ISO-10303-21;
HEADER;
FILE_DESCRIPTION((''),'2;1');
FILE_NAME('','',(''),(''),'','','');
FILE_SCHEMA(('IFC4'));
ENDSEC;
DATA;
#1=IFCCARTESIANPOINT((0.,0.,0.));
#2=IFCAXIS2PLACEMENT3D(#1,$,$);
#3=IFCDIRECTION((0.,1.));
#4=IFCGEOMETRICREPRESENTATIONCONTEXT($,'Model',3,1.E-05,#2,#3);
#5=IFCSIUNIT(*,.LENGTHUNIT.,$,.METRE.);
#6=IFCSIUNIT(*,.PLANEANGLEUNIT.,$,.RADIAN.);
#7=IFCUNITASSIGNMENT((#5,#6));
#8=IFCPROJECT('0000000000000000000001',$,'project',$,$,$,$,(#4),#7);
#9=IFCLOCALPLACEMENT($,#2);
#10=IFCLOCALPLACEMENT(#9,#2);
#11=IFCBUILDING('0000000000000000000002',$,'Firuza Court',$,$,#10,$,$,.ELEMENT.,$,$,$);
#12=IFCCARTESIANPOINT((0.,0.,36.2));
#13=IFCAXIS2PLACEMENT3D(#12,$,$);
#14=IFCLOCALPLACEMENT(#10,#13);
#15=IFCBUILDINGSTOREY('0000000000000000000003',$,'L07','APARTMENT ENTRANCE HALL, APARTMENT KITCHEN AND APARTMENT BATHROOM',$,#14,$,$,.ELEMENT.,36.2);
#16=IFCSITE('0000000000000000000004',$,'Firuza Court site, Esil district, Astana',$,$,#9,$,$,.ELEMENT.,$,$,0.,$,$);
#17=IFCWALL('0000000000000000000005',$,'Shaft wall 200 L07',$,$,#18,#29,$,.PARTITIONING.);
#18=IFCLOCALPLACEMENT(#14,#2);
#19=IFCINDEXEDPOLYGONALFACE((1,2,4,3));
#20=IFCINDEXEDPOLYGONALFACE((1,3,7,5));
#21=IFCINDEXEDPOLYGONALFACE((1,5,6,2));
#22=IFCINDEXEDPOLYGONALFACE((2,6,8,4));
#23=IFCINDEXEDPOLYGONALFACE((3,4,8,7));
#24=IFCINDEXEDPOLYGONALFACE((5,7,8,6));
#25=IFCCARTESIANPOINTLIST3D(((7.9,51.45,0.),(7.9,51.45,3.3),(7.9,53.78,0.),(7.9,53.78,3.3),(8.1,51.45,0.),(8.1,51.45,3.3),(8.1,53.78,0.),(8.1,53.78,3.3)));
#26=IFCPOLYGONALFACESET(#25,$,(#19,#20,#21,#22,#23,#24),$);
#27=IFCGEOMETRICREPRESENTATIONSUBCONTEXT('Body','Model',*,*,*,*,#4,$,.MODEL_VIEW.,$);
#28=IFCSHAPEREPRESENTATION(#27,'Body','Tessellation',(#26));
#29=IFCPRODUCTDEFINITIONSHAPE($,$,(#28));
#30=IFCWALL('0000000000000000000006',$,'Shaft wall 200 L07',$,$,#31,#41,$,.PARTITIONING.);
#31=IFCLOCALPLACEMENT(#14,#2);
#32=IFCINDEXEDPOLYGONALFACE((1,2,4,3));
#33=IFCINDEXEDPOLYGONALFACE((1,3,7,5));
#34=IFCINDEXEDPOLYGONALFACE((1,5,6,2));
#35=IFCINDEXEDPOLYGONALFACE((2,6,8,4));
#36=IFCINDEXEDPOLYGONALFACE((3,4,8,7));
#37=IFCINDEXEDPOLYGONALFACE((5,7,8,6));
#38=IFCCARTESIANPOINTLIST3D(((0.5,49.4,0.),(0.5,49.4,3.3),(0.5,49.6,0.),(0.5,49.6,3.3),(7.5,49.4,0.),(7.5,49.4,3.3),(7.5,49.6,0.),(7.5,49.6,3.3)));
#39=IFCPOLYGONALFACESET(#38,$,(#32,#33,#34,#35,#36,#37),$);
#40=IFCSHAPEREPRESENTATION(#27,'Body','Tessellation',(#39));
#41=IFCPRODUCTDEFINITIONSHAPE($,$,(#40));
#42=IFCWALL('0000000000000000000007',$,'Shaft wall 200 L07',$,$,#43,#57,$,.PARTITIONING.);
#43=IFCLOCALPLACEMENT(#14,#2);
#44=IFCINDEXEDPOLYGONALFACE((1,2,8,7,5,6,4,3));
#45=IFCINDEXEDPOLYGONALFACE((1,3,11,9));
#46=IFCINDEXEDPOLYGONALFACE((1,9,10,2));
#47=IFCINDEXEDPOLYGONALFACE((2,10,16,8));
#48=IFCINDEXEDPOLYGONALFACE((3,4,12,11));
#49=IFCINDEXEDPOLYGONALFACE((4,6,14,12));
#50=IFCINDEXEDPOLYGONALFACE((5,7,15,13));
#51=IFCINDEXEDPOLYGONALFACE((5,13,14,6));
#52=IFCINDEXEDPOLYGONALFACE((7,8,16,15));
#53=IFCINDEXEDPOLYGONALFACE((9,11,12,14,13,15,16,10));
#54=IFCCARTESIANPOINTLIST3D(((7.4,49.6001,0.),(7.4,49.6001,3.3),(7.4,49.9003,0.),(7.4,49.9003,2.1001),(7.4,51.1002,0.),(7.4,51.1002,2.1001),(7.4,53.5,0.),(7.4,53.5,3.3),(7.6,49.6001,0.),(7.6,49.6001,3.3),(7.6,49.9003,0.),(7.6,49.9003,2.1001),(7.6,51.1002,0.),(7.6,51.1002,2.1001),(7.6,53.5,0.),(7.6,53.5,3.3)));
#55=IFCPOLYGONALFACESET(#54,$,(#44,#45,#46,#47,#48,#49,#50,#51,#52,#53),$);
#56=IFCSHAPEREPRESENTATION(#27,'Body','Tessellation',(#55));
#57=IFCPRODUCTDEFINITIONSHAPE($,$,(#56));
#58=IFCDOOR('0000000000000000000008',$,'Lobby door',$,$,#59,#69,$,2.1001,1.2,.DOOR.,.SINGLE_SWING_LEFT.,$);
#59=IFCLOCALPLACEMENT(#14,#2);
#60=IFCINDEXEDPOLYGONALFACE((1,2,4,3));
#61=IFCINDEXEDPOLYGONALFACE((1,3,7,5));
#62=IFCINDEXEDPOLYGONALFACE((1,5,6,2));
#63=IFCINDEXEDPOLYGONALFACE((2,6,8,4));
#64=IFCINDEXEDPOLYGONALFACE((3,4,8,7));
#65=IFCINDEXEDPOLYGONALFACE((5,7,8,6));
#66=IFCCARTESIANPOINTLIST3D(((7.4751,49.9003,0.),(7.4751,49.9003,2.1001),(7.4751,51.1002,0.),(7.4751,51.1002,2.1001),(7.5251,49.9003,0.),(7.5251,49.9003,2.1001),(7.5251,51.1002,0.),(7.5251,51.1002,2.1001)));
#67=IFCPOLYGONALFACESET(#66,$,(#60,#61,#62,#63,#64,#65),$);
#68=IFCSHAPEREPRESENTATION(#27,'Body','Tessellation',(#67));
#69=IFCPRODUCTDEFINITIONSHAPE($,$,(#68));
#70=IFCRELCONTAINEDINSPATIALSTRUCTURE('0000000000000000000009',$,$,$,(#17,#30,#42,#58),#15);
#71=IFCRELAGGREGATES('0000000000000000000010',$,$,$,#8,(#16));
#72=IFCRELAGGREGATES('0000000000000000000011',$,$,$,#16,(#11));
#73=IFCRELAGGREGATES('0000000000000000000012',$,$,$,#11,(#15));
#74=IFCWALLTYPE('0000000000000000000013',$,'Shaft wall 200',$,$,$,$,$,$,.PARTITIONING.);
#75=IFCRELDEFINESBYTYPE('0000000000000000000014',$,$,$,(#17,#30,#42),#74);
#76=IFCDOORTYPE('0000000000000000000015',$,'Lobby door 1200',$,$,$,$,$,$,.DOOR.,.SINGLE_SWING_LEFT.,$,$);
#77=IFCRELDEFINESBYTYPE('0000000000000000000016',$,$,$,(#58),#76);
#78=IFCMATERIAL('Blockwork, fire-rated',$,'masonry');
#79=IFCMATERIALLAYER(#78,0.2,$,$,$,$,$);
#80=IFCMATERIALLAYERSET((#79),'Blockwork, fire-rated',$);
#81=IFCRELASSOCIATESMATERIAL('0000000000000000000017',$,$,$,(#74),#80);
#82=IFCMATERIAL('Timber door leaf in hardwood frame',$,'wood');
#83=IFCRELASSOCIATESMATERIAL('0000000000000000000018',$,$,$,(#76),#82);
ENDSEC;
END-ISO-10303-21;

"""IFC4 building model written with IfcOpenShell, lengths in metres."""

from ifc_helpers import new_model, si_unit, direction, frame, frame_2d, origin, place, context, subcontext, project, spatial, rectangle, extrude, material, layer, layer_set, type_object, element, fill, save


model = new_model("IFC4")

# Units and contexts
model_context = context("Model", 3, precision=1e-05, world=origin(), true_north=direction((0.0, 1.0)))
body_context = subcontext(model_context, "Body", "Model", "MODEL_VIEW")
ifc_project = project(units=[si_unit("LENGTHUNIT", "METRE"), si_unit("PLANEANGLEUNIT", "RADIAN")], contexts=[model_context])

# Site, building, storey
site_placement = place(None, origin())
site = spatial("IfcSite", under=ifc_project, at=site_placement, Name="Firuza Court site, Esil district, Astana", CompositionType="ELEMENT", RefElevation=0.0)
building_placement = place(site_placement, origin())
building = spatial("IfcBuilding", under=site, at=building_placement, Name="Firuza Court", CompositionType="ELEMENT")
storey_placement = place(building_placement, frame((0.0, 0.0, 36.2)))
storey = spatial("IfcBuildingStorey", under=building, at=storey_placement, Name="L07", Description="APARTMENT ENTRANCE HALL, APARTMENT KITCHEN AND APARTMENT BATHROOM", CompositionType="ELEMENT", Elevation=36.2)

# Shared definitions
ifc_material_1 = material(Name="Blockwork, fire-rated", Category="masonry")
ifc_layer_1 = layer(ifc_material_1, 0.2)
ifc_layer_set_1 = layer_set([ifc_layer_1], Name="Blockwork, fire-rated")
wall_type_1 = type_object("IfcWallType", Name="Shaft wall 200", PredefinedType="PARTITIONING", material=ifc_layer_set_1)
ifc_material_2 = material(Name="Timber door leaf in hardwood frame", Category="wood")
door_type_1 = type_object("IfcDoorType", Name="Lobby door 1200", OperationType="SINGLE_SWING_LEFT", PredefinedType="DOOR", material=ifc_material_2)

# Walls
wall_1_placement = place(storey_placement, frame((8.0, 51.45, 0.0), z_axis=(0.0, 0.0, 1.0), x_axis=(0.0, 1.0, 0.0)))
element("IfcWall", 1, at=wall_1_placement, inside=storey, type_object=wall_type_1, Name="Shaft wall 200 L07", PredefinedType="PARTITIONING", context=body_context, shape_type="SweptSolid", body=[
    extrude(rectangle(XDim=2.3301, YDim=0.2, at=frame_2d((1.165, 0.0))), origin(), (0.0, 0.0, 1.0), 3.3),
])
wall_2_placement = place(storey_placement, frame((0.5, 49.5, 0.0), z_axis=(0.0, 0.0, 1.0), x_axis=(1.0, 0.0, 0.0)))
element("IfcWall", 2, at=wall_2_placement, inside=storey, type_object=wall_type_1, Name="Shaft wall 200 L07", PredefinedType="PARTITIONING", context=body_context, shape_type="SweptSolid", body=[
    extrude(rectangle(XDim=7.0, YDim=0.2, at=frame_2d((3.5, 0.0))), origin(), (0.0, 0.0, 1.0), 3.3),
])

# Wall, opening, door
wall_3_placement = place(storey_placement, frame((7.5, 49.6001, 0.0), z_axis=(0.0, 0.0, 1.0), x_axis=(0.0, 1.0, 0.0)))
wall_3 = element("IfcWall", 3, at=wall_3_placement, inside=storey, type_object=wall_type_1, Name="Shaft wall 200 L07", PredefinedType="PARTITIONING", context=body_context, shape_type="SweptSolid", body=[
    extrude(rectangle(XDim=3.8999, YDim=0.2, at=frame_2d((1.95, 0.0))), origin(), (0.0, 0.0, 1.0), 3.3),
])
opening_1_placement = place(wall_3_placement, frame((0.3, 0.0, 0.0)))
opening_1 = element("IfcOpeningElement", 4, at=opening_1_placement, cuts=wall_3, PredefinedType="OPENING", context=body_context, shape_type="SweptSolid", body=[
    extrude(rectangle(XDim=1.2, YDim=2.1001, at=frame_2d((0.6001, 1.05))), frame((0.0, 0.1118, 0.0), z_axis=(0.0, -1.0, 0.0), x_axis=(1.0, 0.0, 0.0)), (0.0, 0.0, 1.0), 0.2239),
])
door_1_placement = place(opening_1_placement, origin())
door_1 = element("IfcDoor", 5, at=door_1_placement, inside=storey, type_object=door_type_1, Name="Lobby door", OperationType="SINGLE_SWING_LEFT", OverallHeight=2.1001, OverallWidth=1.2, PredefinedType="DOOR", context=body_context, shape_type="SweptSolid", body=[
    extrude(rectangle(XDim=1.2, YDim=2.1001, at=frame_2d((0.6001, 1.05))), frame((0.0, 0.0249, 0.0), z_axis=(0.0, -1.0, 0.0), x_axis=(1.0, 0.0, 0.0)), (0.0, 0.0, 1.0), 0.05),
])
fill(opening_1, door_1)

save(model, "model.ifc")
